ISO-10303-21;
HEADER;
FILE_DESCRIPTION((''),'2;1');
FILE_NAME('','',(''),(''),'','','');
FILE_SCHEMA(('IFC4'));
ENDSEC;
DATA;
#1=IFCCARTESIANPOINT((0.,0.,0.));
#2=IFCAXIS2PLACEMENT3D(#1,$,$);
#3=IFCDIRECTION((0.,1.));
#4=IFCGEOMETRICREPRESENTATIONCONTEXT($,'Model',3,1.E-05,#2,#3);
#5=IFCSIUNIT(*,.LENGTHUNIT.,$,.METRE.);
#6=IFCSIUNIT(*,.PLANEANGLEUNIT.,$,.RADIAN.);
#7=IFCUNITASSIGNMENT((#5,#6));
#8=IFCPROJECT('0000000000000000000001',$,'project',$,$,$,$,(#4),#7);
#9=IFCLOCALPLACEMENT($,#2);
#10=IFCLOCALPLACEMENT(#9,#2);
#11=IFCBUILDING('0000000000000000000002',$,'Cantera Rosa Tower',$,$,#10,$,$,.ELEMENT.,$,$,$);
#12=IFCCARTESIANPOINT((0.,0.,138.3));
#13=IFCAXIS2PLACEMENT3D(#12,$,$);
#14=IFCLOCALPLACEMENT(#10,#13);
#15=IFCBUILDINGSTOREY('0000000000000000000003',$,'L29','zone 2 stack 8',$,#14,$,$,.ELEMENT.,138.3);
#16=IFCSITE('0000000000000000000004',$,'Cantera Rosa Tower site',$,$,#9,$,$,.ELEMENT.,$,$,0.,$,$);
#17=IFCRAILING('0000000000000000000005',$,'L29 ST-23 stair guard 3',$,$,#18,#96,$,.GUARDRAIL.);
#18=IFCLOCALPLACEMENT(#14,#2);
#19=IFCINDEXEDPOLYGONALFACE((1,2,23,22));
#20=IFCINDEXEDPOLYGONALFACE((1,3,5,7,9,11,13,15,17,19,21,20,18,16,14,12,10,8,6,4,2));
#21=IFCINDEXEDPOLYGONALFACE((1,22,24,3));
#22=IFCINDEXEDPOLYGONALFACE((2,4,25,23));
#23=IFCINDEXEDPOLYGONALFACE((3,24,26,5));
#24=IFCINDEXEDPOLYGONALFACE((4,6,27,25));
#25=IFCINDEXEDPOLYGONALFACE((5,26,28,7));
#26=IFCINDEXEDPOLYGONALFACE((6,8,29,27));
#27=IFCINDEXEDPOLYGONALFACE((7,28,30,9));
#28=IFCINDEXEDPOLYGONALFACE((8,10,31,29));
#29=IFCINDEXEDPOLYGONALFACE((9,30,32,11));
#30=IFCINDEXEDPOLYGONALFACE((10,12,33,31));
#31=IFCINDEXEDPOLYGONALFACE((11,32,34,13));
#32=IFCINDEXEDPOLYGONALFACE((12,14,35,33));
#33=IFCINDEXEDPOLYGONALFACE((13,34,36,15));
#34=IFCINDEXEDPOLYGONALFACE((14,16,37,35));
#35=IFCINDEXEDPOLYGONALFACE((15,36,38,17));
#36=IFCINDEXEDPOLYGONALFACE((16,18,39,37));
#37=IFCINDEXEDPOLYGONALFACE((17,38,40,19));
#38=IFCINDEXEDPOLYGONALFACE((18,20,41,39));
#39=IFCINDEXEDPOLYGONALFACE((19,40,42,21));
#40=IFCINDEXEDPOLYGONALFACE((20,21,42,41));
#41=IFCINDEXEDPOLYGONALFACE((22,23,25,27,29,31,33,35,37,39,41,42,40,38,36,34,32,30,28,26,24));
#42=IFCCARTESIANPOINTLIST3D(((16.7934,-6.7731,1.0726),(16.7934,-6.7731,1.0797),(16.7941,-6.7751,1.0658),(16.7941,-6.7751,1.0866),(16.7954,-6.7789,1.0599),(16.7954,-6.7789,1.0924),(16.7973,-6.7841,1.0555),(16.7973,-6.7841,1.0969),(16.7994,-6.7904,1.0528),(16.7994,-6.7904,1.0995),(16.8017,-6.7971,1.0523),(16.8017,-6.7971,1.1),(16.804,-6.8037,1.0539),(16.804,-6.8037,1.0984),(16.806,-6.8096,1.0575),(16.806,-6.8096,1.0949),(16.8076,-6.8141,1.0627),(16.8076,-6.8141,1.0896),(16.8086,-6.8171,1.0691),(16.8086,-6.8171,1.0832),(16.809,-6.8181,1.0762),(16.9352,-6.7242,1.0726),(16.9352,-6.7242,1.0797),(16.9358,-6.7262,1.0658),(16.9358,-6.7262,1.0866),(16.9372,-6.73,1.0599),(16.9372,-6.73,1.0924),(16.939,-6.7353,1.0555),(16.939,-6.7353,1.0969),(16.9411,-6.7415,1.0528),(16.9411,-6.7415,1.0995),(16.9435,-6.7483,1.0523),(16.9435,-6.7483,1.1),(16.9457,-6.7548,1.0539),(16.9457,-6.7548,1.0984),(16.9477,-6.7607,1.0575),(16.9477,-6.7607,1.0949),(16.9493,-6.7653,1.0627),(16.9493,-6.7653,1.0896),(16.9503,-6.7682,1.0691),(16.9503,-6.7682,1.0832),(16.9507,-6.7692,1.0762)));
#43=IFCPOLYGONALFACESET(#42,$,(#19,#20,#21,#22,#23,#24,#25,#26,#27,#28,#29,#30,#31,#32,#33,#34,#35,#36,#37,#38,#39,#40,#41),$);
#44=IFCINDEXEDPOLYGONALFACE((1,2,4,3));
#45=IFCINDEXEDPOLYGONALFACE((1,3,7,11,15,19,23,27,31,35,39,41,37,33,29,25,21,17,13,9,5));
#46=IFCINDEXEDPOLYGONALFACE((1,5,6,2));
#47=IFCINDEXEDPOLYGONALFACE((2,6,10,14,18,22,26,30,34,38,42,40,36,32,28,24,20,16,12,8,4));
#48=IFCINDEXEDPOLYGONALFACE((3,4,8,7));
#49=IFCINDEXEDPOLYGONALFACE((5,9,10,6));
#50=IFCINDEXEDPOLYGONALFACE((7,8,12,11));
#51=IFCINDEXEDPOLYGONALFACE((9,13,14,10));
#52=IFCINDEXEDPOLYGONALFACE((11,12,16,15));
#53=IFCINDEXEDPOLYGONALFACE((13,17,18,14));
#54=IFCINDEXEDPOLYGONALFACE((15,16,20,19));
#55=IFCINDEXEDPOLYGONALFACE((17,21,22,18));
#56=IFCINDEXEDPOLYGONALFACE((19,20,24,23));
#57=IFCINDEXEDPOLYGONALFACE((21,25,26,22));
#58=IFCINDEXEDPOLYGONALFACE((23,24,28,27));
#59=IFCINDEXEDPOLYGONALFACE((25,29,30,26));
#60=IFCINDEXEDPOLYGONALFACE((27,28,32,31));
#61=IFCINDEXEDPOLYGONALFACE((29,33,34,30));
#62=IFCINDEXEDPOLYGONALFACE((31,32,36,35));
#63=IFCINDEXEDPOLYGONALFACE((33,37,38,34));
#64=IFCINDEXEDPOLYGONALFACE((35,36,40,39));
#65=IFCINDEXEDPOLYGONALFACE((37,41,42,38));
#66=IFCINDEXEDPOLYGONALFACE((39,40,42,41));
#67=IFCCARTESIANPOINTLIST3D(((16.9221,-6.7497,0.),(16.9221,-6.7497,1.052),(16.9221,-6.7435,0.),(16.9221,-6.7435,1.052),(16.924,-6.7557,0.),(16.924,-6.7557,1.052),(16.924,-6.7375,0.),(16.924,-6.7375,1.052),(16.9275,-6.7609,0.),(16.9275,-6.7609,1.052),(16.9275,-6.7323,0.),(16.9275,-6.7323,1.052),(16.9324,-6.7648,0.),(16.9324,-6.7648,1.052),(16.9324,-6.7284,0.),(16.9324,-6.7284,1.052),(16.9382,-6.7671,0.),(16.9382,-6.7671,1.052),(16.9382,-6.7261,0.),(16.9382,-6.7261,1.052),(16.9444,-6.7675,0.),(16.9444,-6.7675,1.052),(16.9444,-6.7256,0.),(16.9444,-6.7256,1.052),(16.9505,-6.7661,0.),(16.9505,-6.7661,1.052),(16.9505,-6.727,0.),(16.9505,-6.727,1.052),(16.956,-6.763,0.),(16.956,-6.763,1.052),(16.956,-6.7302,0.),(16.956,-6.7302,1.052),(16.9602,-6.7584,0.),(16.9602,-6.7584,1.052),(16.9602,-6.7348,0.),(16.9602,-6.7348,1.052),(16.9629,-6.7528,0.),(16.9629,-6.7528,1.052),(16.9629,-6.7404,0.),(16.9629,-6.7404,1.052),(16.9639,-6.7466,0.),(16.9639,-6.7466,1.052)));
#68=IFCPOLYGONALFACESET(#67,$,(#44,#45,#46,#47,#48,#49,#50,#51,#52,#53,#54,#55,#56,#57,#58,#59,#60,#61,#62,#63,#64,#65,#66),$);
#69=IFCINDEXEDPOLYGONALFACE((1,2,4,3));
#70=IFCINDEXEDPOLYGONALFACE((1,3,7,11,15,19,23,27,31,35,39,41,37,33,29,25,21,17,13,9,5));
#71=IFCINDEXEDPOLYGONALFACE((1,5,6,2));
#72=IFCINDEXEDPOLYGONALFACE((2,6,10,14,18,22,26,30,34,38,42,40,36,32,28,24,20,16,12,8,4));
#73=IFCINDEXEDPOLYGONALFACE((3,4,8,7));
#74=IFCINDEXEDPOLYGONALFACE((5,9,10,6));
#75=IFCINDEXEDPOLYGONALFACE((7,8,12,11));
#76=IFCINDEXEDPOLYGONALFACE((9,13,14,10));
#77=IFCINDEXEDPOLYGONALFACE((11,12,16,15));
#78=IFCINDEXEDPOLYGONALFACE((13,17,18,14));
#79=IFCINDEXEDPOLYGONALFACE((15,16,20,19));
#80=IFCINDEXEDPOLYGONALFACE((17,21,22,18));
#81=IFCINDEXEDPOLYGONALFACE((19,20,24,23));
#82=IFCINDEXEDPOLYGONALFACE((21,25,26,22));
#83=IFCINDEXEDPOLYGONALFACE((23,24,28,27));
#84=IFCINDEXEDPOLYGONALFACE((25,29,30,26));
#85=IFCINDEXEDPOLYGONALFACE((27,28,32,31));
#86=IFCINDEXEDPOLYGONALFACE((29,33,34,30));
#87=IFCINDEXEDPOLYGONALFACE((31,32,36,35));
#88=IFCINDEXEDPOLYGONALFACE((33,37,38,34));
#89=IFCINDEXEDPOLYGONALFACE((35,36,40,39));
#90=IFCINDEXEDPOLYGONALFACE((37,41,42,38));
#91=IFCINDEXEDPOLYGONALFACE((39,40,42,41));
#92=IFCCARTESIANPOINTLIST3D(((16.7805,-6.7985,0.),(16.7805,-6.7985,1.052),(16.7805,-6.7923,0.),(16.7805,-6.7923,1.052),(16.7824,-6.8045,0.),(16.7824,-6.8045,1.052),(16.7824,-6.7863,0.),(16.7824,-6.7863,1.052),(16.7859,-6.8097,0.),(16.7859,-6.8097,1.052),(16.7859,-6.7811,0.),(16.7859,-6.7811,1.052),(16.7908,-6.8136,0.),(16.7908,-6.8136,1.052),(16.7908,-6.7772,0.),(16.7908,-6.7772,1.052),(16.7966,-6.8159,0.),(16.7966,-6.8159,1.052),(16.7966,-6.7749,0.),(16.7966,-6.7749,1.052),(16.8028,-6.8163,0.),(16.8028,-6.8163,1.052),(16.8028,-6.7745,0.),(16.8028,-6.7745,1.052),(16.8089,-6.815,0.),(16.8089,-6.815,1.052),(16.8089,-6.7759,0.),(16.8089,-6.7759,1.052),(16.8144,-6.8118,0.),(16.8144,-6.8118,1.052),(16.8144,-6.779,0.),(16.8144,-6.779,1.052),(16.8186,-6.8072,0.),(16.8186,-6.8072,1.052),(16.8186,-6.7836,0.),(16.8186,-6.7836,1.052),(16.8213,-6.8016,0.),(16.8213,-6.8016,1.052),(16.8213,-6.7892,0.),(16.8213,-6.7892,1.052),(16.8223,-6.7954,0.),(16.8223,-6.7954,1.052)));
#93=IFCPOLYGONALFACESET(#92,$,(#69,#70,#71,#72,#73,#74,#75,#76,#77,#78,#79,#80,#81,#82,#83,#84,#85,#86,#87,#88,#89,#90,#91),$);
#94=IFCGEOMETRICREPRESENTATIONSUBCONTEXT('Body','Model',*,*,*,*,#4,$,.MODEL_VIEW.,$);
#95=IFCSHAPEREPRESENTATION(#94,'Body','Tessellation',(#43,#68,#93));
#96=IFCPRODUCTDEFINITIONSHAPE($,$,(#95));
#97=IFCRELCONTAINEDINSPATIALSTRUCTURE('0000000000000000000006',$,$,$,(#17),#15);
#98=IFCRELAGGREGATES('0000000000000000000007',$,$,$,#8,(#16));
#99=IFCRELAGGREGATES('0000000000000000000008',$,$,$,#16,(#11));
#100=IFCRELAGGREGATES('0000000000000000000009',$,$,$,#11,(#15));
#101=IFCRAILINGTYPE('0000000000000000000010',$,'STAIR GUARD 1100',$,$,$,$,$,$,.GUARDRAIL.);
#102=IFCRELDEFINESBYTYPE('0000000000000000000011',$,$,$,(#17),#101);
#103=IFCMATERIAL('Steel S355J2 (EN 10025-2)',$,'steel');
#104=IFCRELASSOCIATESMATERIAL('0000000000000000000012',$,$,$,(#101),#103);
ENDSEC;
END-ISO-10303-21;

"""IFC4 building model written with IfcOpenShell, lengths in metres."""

from ifc_helpers import new_model, si_unit, direction, frame, origin, origin_2d, place, context, subcontext, project, spatial, circle, extrude, material, type_object, element, save


model = new_model("IFC4")

# Units and contexts
model_context = context("Model", 3, precision=1e-05, world=origin(), true_north=direction((0.0, 1.0)))
body_context = subcontext(model_context, "Body", "Model", "MODEL_VIEW")
ifc_project = project(units=[si_unit("LENGTHUNIT", "METRE"), si_unit("PLANEANGLEUNIT", "RADIAN")], contexts=[model_context])

# Site, building, storey
site_placement = place(None, origin())
site = spatial("IfcSite", under=ifc_project, at=site_placement, Name="Cantera Rosa Tower site", CompositionType="ELEMENT", RefElevation=0.0)
building_placement = place(site_placement, origin())
building = spatial("IfcBuilding", under=site, at=building_placement, Name="Cantera Rosa Tower", CompositionType="ELEMENT")
storey_placement = place(building_placement, frame((0.0, 0.0, 138.3)))
storey = spatial("IfcBuildingStorey", under=building, at=storey_placement, Name="L29", Description="zone 2 stack 8", CompositionType="ELEMENT", Elevation=138.3)

# Railing
ifc_material_1 = material(Name="Steel S355J2 (EN 10025-2)", Category="steel")
railing_type_1 = type_object("IfcRailingType", Name="STAIR GUARD 1100", PredefinedType="GUARDRAIL", material=ifc_material_1)
railing_1_placement = place(storey_placement, frame((16.9429, -6.7466, 0.0)))
element("IfcRailing", 1, at=railing_1_placement, inside=storey, type_object=railing_type_1, Name="L29 ST-23 stair guard 3", PredefinedType="GUARDRAIL", context=body_context, shape_type="SweptSolid", body=[
    extrude(circle(Radius=0.0239, at=origin_2d()), frame((0.0, 0.0, 1.0762), z_axis=(-0.945373, -0.325991, 0.0), x_axis=(0.325991, -0.945373, 0.0)), (0.0, 0.0, 1.0), 0.1499),
    extrude(circle(Radius=0.021, at=origin_2d()), origin(), (0.0, 0.0, 1.0), 1.052),
    extrude(circle(Radius=0.021, at=origin_2d()), frame((-0.1416, -0.0488, 0.0)), (0.0, 0.0, 1.0), 1.052),
])

save(model, "model.ifc")
